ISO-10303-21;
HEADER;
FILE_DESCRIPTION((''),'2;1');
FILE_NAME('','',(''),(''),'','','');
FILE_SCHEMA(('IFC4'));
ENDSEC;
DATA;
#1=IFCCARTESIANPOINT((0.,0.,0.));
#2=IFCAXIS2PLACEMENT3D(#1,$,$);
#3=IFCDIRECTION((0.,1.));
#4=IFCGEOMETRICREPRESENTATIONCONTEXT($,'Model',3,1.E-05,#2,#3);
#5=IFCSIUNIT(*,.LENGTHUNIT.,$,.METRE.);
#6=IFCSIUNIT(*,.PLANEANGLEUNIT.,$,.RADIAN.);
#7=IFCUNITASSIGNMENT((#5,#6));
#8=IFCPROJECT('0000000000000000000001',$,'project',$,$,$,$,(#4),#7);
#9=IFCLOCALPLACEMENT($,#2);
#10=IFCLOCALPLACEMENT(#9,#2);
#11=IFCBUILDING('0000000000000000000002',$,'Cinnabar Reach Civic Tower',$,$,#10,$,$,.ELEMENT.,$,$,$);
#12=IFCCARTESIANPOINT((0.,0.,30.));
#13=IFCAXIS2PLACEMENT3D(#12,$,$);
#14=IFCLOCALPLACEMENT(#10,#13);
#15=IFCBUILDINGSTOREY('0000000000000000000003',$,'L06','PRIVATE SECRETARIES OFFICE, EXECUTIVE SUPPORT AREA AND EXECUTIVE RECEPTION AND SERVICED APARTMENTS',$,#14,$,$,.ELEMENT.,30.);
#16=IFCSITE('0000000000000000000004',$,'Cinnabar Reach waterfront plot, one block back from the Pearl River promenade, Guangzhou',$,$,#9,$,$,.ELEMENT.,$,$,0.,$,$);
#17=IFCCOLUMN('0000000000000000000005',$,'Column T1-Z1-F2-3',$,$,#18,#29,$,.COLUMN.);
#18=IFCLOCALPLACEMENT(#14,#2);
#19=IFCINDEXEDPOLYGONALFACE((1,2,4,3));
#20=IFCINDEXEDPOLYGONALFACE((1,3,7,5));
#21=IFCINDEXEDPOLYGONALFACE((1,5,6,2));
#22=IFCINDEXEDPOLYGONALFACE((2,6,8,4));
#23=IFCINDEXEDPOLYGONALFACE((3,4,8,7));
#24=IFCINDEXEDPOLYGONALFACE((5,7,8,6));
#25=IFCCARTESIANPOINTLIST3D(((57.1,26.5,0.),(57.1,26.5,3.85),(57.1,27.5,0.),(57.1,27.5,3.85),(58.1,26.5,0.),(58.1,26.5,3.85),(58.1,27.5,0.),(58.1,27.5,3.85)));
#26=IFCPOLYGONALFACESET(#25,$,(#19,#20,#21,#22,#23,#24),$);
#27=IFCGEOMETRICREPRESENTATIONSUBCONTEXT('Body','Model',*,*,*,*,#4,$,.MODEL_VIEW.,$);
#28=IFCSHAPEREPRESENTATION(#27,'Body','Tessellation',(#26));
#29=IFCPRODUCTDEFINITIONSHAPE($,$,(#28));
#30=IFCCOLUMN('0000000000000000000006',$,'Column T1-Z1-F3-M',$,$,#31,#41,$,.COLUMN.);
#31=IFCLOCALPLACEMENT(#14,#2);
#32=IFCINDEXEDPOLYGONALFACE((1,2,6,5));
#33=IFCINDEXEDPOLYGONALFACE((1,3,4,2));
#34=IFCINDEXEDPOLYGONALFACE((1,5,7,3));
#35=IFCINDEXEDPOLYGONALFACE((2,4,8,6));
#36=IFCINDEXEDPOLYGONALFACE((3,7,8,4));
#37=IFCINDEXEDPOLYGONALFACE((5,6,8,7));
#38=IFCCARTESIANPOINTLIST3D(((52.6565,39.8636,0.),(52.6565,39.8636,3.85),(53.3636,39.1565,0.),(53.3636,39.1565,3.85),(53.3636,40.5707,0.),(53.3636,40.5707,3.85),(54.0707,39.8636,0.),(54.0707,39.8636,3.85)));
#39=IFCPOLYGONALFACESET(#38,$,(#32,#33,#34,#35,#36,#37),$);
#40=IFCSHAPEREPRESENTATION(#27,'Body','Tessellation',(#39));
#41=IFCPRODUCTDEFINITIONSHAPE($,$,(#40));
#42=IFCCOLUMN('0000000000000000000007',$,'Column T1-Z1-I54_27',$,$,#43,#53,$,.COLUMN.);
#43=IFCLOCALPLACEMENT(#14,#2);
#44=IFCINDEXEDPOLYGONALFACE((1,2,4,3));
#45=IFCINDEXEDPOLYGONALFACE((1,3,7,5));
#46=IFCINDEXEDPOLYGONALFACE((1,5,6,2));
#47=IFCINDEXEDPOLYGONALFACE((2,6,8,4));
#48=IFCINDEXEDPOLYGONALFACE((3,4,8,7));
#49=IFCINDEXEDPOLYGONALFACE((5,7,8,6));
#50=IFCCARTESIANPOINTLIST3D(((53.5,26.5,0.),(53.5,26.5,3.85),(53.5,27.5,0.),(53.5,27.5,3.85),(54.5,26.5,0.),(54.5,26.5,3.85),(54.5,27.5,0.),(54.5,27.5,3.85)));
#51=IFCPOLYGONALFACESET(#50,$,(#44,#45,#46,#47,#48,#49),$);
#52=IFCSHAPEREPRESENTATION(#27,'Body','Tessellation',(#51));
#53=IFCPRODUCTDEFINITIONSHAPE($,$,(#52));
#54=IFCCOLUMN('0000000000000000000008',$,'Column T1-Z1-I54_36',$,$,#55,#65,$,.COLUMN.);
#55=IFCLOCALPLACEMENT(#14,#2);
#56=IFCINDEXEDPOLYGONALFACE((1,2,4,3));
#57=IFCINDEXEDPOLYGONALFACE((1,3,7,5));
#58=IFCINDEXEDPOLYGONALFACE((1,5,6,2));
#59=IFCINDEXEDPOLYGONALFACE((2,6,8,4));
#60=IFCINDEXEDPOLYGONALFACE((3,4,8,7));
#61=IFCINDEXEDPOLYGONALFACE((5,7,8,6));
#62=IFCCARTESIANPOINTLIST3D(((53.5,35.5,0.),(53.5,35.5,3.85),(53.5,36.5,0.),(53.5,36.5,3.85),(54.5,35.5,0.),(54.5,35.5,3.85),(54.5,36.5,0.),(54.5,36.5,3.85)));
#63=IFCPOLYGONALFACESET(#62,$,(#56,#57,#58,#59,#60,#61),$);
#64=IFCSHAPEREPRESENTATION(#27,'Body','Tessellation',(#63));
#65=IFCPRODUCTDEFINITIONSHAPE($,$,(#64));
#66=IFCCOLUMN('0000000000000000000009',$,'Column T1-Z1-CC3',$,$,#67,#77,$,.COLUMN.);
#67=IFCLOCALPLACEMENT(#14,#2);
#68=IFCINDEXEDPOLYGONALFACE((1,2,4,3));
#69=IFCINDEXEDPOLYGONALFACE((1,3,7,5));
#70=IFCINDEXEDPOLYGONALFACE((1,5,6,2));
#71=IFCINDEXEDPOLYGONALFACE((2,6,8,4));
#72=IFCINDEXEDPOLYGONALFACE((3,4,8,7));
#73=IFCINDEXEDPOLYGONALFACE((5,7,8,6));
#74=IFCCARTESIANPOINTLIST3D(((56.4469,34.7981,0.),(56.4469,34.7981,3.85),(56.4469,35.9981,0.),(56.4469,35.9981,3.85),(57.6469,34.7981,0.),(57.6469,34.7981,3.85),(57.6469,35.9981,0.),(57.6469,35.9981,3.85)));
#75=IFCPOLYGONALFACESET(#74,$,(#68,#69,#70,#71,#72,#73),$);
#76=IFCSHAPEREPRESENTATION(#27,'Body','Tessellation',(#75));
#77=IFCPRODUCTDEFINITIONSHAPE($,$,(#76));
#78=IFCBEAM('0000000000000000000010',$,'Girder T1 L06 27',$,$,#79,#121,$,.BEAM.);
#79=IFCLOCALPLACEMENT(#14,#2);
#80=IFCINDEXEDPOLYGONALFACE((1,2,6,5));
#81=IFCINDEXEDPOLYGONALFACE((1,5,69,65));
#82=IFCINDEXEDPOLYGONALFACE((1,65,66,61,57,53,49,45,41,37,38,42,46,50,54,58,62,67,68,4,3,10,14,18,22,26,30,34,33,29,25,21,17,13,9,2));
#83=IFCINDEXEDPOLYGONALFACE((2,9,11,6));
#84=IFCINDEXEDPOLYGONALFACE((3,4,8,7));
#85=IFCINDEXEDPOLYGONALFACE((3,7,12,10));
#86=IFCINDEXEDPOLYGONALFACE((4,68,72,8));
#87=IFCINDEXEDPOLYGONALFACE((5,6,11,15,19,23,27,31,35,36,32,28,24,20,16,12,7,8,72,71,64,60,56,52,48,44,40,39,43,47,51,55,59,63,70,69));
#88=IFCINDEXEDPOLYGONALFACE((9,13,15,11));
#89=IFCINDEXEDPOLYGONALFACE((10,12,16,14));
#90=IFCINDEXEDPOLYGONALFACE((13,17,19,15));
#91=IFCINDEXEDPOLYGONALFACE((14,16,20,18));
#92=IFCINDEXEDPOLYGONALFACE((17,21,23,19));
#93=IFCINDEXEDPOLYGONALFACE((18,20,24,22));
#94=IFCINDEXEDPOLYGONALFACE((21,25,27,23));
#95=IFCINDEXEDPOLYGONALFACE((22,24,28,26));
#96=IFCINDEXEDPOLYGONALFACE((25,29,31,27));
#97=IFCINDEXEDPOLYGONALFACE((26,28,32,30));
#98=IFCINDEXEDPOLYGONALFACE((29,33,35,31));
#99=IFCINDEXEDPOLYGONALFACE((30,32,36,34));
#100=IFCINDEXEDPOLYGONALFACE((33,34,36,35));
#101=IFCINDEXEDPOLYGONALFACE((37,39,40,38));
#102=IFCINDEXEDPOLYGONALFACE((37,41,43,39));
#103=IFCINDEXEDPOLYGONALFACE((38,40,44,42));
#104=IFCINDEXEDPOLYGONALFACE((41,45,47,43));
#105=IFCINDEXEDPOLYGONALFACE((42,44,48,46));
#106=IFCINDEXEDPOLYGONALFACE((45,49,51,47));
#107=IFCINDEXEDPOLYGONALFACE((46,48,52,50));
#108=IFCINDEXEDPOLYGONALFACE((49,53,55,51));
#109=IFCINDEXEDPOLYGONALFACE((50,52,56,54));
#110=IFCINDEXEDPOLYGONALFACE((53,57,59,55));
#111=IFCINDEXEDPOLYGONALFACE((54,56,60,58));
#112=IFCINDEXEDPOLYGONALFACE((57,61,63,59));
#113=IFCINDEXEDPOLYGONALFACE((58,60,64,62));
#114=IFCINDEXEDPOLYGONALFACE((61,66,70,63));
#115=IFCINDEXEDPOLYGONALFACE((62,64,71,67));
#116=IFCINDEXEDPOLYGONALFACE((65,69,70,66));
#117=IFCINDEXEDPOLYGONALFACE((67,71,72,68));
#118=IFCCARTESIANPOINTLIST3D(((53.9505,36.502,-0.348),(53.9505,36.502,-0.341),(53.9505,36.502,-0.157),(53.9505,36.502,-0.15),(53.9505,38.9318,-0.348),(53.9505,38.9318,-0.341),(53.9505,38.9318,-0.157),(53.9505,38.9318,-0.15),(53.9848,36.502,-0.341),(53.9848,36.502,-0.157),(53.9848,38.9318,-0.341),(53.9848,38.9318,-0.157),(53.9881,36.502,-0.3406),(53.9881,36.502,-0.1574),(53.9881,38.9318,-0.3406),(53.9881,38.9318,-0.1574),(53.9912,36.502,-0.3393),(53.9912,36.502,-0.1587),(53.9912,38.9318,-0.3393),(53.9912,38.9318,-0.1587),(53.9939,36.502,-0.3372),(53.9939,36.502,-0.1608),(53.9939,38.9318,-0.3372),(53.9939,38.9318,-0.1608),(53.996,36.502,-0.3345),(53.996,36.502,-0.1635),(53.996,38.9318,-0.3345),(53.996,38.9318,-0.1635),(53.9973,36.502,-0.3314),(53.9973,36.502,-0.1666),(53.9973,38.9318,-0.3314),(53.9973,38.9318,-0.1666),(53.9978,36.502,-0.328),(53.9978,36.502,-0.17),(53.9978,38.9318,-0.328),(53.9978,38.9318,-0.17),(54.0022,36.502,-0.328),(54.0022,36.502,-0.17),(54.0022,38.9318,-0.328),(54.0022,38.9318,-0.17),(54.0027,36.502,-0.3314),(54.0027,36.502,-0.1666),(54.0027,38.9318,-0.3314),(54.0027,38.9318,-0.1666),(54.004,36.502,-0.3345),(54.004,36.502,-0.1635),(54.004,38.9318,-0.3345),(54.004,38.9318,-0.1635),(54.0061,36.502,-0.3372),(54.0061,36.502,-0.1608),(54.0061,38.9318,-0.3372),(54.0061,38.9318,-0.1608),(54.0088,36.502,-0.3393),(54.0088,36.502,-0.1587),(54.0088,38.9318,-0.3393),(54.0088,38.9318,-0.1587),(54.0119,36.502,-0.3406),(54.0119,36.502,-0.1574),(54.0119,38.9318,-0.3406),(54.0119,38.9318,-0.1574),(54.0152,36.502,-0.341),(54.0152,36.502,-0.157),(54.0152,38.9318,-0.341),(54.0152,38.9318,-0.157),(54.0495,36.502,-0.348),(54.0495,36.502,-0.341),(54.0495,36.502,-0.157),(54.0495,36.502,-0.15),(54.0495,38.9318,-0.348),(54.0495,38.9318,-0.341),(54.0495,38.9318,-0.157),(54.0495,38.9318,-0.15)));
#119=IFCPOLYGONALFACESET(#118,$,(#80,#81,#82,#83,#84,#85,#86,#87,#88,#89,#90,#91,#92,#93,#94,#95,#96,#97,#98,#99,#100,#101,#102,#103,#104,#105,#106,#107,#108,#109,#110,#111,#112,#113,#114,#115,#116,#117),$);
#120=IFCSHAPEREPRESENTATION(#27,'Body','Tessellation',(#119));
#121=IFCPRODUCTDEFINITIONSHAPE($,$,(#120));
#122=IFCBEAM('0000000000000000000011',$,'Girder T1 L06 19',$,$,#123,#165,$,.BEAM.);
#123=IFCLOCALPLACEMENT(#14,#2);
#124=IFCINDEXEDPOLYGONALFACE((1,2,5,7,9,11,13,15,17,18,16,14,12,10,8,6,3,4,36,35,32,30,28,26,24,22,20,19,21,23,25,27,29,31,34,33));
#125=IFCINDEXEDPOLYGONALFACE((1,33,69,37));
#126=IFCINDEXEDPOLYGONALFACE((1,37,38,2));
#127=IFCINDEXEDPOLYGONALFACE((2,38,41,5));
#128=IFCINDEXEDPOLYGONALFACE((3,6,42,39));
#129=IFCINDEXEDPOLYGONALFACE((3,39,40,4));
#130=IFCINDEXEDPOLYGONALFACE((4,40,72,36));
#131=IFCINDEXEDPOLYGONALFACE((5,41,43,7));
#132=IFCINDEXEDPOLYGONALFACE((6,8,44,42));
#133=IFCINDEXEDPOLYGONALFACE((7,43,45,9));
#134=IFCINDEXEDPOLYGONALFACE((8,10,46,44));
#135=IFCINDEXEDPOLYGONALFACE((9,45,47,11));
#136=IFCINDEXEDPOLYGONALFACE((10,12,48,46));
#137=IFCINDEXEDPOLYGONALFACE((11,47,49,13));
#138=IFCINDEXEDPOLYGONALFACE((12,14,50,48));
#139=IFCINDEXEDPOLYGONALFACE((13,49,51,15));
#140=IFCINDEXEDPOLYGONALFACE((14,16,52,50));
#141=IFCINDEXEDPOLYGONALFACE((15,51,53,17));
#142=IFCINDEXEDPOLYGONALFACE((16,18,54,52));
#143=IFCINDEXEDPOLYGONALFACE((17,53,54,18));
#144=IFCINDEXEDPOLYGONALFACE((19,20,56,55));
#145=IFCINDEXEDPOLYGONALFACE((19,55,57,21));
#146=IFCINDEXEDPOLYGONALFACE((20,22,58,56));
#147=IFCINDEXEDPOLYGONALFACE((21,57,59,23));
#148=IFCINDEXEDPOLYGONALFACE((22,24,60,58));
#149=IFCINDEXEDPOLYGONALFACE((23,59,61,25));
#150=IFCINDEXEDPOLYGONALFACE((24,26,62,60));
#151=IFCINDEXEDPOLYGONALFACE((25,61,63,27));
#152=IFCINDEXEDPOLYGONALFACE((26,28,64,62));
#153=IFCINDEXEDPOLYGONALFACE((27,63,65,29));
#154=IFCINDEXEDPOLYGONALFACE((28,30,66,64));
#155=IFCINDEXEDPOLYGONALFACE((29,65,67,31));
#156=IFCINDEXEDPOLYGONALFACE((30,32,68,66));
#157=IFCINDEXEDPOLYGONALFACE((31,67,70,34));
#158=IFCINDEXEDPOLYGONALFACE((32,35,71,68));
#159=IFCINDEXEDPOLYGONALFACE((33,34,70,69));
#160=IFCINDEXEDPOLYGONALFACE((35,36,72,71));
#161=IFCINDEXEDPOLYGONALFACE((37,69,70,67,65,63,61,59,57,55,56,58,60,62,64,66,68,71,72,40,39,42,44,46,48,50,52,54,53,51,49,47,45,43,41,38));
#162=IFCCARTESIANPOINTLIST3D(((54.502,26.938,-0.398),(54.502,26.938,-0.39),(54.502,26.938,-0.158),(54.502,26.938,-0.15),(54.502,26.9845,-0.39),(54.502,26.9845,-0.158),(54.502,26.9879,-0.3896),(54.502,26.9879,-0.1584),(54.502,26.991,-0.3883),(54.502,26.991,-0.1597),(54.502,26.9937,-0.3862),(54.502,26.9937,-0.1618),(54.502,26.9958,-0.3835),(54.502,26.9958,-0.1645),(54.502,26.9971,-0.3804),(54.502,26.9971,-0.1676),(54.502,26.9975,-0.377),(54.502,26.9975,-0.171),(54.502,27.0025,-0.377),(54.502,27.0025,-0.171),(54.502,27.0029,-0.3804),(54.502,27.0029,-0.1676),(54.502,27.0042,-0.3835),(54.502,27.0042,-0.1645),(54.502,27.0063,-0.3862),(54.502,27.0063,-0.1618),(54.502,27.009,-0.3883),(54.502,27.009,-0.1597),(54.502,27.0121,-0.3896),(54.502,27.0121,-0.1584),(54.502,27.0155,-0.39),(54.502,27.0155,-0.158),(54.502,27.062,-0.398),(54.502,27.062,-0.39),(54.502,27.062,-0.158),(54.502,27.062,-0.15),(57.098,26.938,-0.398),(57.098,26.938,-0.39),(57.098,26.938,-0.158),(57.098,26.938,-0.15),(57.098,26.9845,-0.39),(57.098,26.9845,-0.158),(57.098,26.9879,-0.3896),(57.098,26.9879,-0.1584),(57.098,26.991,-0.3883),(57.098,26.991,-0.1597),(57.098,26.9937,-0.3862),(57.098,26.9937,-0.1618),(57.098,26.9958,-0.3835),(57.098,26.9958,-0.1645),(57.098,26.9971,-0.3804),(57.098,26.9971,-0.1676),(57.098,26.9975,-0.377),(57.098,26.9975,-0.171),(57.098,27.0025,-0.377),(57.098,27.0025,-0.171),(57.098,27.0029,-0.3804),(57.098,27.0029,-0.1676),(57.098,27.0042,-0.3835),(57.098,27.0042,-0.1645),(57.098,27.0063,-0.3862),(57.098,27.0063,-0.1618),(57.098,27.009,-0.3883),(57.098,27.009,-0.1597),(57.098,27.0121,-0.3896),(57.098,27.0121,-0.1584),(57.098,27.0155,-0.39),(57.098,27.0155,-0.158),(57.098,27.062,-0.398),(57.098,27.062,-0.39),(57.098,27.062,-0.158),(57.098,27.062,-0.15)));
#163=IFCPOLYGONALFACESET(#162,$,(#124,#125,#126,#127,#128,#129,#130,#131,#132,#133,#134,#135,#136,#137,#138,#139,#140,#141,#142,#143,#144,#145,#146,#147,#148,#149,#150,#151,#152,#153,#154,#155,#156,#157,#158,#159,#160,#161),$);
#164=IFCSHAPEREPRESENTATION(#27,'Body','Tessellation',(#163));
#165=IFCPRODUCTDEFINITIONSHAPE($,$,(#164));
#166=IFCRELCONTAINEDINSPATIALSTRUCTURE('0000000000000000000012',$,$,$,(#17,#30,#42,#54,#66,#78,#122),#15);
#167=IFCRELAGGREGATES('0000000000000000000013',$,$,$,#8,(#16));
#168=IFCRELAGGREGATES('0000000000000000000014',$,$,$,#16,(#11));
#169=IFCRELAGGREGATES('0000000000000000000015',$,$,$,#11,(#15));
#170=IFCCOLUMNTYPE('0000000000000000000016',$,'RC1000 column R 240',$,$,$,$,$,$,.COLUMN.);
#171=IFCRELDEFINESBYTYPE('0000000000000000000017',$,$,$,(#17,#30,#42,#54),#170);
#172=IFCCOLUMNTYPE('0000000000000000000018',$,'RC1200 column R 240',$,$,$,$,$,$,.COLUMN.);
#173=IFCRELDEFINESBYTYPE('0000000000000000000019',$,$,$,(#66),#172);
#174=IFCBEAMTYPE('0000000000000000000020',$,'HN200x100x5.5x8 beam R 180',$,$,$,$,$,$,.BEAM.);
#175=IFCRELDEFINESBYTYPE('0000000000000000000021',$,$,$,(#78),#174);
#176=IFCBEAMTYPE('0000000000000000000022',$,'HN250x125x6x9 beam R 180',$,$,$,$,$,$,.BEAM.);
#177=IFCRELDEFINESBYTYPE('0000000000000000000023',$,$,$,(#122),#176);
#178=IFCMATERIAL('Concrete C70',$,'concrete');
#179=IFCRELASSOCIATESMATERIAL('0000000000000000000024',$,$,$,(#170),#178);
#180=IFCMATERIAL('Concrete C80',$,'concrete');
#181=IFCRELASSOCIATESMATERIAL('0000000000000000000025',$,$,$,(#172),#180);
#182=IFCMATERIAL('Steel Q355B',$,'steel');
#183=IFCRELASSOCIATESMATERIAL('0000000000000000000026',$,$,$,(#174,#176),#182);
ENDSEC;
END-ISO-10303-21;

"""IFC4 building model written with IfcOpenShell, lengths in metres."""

from ifc_helpers import new_model, si_unit, direction, frame, origin, origin_2d, place, context, subcontext, project, spatial, rectangle, i_section, extrude, material, material_profile, profile_set, type_object, element, save


model = new_model("IFC4")

# Units and contexts
model_context = context("Model", 3, precision=1e-05, world=origin(), true_north=direction((0.0, 1.0)))
body_context = subcontext(model_context, "Body", "Model", "MODEL_VIEW")
ifc_project = project(units=[si_unit("LENGTHUNIT", "METRE"), si_unit("PLANEANGLEUNIT", "RADIAN")], contexts=[model_context])

# Site, building, storey
site_placement = place(None, origin())
site = spatial("IfcSite", under=ifc_project, at=site_placement, Name="Cinnabar Reach waterfront plot, one block back from the Pearl River promenade, Guangzhou", CompositionType="ELEMENT", RefElevation=0.0)
building_placement = place(site_placement, origin())
building = spatial("IfcBuilding", under=site, at=building_placement, Name="Cinnabar Reach Civic Tower", CompositionType="ELEMENT")
storey_placement = place(building_placement, frame((0.0, 0.0, 30.0)))
storey = spatial("IfcBuildingStorey", under=building, at=storey_placement, Name="L06", Description="PRIVATE SECRETARIES OFFICE, EXECUTIVE SUPPORT AREA AND EXECUTIVE RECEPTION AND SERVICED APARTMENTS", CompositionType="ELEMENT", Elevation=30.0)

# Columns
ifc_material_1 = material(Name="Concrete C70", Category="concrete")
ifc_material_profile_1 = material_profile(ifc_material_1, rectangle(XDim=1.0, YDim=1.0, at=origin_2d()), Name="RC1000")
ifc_profile_set_1 = profile_set([ifc_material_profile_1], Name="Concrete C70")
column_type_1 = type_object("IfcColumnType", Name="RC1000 column R 240", PredefinedType="COLUMN", material=ifc_profile_set_1)
for number, where, z_axis, x_axis, name in (
    (1, (57.6, 27.0, 0.0), (0.0, 0.0, 1.0), (1.0, 0.0, 0.0), "Column T1-Z1-F2-3"),
    (2, (53.3636, 39.8636, 0.0), (0.0, 0.0, 1.0), (0.707107, 0.707107, 0.0), "Column T1-Z1-F3-M"),
    (3, (54.0, 27.0, 0.0), (0.0, 0.0, 1.0), (1.0, 0.0, 0.0), "Column T1-Z1-I54_27"),
    (4, (54.0, 36.0, 0.0), (0.0, 0.0, 1.0), (1.0, 0.0, 0.0), "Column T1-Z1-I54_36"),
):
    element("IfcColumn", number, at=place(storey_placement, frame(where, z_axis=z_axis, x_axis=x_axis)), inside=storey, type_object=column_type_1, Name=name, PredefinedType="COLUMN", context=body_context, shape_type="SweptSolid", body=[
        extrude(rectangle(XDim=1.0, YDim=1.0, at=origin_2d()), origin(), (0.0, 0.0, 1.0), 3.85),
    ])
ifc_material_2 = material(Name="Concrete C80", Category="concrete")
ifc_material_profile_2 = material_profile(ifc_material_2, rectangle(XDim=1.2, YDim=1.2, at=origin_2d()), Name="RC1200")
ifc_profile_set_2 = profile_set([ifc_material_profile_2], Name="Concrete C80")
column_type_2 = type_object("IfcColumnType", Name="RC1200 column R 240", PredefinedType="COLUMN", material=ifc_profile_set_2)
column_placement = place(storey_placement, frame((57.0469, 35.3981, 0.0), z_axis=(0.0, 0.0, 1.0), x_axis=(1.0, 0.0, 0.0)))
element("IfcColumn", 5, at=column_placement, inside=storey, type_object=column_type_2, Name="Column T1-Z1-CC3", PredefinedType="COLUMN", context=body_context, shape_type="SweptSolid", body=[
    extrude(rectangle(XDim=1.2, YDim=1.2, at=origin_2d()), origin(), (0.0, 0.0, 1.0), 3.85),
])

# Beams
ifc_material_3 = material(Name="Steel Q355B", Category="steel")
ifc_material_profile_3 = material_profile(ifc_material_3, i_section(OverallWidth=0.099, OverallDepth=0.198, WebThickness=0.0045, FlangeThickness=0.007, FilletRadius=0.013, at=origin_2d()), Name="HN200x100x5.5x8")
ifc_profile_set_3 = profile_set([ifc_material_profile_3], Name="Steel Q355B")
beam_type_1 = type_object("IfcBeamType", Name="HN200x100x5.5x8 beam R 180", PredefinedType="BEAM", material=ifc_profile_set_3)
beam_1_placement = place(storey_placement, frame((54.0, 36.502, -0.249), z_axis=(0.0, 1.0, 0.0), x_axis=(-1.0, 0.0, 0.0)))
element("IfcBeam", 6, at=beam_1_placement, inside=storey, type_object=beam_type_1, Name="Girder T1 L06 27", PredefinedType="BEAM", context=body_context, shape_type="SweptSolid", body=[
    extrude(i_section(OverallWidth=0.099, OverallDepth=0.198, WebThickness=0.0045, FlangeThickness=0.007, FilletRadius=0.013, at=origin_2d()), origin(), (0.0, 0.0, 1.0), 2.4298),
])
ifc_material_profile_4 = material_profile(ifc_material_3, i_section(OverallWidth=0.124, OverallDepth=0.248, WebThickness=0.005, FlangeThickness=0.008, FilletRadius=0.013, at=origin_2d()), Name="HN250x125x6x9")
ifc_profile_set_4 = profile_set([ifc_material_profile_4], Name="Steel Q355B")
beam_type_2 = type_object("IfcBeamType", Name="HN250x125x6x9 beam R 180", PredefinedType="BEAM", material=ifc_profile_set_4)
beam_2_placement = place(storey_placement, frame((54.502, 27.0, -0.274), z_axis=(1.0, 0.0, 0.0), x_axis=(0.0, 1.0, 0.0)))
element("IfcBeam", 7, at=beam_2_placement, inside=storey, type_object=beam_type_2, Name="Girder T1 L06 19", PredefinedType="BEAM", context=body_context, shape_type="SweptSolid", body=[
    extrude(i_section(OverallWidth=0.124, OverallDepth=0.248, WebThickness=0.005, FlangeThickness=0.008, FilletRadius=0.013, at=origin_2d()), origin(), (0.0, 0.0, 1.0), 2.596),
])

save(model, "model.ifc")
